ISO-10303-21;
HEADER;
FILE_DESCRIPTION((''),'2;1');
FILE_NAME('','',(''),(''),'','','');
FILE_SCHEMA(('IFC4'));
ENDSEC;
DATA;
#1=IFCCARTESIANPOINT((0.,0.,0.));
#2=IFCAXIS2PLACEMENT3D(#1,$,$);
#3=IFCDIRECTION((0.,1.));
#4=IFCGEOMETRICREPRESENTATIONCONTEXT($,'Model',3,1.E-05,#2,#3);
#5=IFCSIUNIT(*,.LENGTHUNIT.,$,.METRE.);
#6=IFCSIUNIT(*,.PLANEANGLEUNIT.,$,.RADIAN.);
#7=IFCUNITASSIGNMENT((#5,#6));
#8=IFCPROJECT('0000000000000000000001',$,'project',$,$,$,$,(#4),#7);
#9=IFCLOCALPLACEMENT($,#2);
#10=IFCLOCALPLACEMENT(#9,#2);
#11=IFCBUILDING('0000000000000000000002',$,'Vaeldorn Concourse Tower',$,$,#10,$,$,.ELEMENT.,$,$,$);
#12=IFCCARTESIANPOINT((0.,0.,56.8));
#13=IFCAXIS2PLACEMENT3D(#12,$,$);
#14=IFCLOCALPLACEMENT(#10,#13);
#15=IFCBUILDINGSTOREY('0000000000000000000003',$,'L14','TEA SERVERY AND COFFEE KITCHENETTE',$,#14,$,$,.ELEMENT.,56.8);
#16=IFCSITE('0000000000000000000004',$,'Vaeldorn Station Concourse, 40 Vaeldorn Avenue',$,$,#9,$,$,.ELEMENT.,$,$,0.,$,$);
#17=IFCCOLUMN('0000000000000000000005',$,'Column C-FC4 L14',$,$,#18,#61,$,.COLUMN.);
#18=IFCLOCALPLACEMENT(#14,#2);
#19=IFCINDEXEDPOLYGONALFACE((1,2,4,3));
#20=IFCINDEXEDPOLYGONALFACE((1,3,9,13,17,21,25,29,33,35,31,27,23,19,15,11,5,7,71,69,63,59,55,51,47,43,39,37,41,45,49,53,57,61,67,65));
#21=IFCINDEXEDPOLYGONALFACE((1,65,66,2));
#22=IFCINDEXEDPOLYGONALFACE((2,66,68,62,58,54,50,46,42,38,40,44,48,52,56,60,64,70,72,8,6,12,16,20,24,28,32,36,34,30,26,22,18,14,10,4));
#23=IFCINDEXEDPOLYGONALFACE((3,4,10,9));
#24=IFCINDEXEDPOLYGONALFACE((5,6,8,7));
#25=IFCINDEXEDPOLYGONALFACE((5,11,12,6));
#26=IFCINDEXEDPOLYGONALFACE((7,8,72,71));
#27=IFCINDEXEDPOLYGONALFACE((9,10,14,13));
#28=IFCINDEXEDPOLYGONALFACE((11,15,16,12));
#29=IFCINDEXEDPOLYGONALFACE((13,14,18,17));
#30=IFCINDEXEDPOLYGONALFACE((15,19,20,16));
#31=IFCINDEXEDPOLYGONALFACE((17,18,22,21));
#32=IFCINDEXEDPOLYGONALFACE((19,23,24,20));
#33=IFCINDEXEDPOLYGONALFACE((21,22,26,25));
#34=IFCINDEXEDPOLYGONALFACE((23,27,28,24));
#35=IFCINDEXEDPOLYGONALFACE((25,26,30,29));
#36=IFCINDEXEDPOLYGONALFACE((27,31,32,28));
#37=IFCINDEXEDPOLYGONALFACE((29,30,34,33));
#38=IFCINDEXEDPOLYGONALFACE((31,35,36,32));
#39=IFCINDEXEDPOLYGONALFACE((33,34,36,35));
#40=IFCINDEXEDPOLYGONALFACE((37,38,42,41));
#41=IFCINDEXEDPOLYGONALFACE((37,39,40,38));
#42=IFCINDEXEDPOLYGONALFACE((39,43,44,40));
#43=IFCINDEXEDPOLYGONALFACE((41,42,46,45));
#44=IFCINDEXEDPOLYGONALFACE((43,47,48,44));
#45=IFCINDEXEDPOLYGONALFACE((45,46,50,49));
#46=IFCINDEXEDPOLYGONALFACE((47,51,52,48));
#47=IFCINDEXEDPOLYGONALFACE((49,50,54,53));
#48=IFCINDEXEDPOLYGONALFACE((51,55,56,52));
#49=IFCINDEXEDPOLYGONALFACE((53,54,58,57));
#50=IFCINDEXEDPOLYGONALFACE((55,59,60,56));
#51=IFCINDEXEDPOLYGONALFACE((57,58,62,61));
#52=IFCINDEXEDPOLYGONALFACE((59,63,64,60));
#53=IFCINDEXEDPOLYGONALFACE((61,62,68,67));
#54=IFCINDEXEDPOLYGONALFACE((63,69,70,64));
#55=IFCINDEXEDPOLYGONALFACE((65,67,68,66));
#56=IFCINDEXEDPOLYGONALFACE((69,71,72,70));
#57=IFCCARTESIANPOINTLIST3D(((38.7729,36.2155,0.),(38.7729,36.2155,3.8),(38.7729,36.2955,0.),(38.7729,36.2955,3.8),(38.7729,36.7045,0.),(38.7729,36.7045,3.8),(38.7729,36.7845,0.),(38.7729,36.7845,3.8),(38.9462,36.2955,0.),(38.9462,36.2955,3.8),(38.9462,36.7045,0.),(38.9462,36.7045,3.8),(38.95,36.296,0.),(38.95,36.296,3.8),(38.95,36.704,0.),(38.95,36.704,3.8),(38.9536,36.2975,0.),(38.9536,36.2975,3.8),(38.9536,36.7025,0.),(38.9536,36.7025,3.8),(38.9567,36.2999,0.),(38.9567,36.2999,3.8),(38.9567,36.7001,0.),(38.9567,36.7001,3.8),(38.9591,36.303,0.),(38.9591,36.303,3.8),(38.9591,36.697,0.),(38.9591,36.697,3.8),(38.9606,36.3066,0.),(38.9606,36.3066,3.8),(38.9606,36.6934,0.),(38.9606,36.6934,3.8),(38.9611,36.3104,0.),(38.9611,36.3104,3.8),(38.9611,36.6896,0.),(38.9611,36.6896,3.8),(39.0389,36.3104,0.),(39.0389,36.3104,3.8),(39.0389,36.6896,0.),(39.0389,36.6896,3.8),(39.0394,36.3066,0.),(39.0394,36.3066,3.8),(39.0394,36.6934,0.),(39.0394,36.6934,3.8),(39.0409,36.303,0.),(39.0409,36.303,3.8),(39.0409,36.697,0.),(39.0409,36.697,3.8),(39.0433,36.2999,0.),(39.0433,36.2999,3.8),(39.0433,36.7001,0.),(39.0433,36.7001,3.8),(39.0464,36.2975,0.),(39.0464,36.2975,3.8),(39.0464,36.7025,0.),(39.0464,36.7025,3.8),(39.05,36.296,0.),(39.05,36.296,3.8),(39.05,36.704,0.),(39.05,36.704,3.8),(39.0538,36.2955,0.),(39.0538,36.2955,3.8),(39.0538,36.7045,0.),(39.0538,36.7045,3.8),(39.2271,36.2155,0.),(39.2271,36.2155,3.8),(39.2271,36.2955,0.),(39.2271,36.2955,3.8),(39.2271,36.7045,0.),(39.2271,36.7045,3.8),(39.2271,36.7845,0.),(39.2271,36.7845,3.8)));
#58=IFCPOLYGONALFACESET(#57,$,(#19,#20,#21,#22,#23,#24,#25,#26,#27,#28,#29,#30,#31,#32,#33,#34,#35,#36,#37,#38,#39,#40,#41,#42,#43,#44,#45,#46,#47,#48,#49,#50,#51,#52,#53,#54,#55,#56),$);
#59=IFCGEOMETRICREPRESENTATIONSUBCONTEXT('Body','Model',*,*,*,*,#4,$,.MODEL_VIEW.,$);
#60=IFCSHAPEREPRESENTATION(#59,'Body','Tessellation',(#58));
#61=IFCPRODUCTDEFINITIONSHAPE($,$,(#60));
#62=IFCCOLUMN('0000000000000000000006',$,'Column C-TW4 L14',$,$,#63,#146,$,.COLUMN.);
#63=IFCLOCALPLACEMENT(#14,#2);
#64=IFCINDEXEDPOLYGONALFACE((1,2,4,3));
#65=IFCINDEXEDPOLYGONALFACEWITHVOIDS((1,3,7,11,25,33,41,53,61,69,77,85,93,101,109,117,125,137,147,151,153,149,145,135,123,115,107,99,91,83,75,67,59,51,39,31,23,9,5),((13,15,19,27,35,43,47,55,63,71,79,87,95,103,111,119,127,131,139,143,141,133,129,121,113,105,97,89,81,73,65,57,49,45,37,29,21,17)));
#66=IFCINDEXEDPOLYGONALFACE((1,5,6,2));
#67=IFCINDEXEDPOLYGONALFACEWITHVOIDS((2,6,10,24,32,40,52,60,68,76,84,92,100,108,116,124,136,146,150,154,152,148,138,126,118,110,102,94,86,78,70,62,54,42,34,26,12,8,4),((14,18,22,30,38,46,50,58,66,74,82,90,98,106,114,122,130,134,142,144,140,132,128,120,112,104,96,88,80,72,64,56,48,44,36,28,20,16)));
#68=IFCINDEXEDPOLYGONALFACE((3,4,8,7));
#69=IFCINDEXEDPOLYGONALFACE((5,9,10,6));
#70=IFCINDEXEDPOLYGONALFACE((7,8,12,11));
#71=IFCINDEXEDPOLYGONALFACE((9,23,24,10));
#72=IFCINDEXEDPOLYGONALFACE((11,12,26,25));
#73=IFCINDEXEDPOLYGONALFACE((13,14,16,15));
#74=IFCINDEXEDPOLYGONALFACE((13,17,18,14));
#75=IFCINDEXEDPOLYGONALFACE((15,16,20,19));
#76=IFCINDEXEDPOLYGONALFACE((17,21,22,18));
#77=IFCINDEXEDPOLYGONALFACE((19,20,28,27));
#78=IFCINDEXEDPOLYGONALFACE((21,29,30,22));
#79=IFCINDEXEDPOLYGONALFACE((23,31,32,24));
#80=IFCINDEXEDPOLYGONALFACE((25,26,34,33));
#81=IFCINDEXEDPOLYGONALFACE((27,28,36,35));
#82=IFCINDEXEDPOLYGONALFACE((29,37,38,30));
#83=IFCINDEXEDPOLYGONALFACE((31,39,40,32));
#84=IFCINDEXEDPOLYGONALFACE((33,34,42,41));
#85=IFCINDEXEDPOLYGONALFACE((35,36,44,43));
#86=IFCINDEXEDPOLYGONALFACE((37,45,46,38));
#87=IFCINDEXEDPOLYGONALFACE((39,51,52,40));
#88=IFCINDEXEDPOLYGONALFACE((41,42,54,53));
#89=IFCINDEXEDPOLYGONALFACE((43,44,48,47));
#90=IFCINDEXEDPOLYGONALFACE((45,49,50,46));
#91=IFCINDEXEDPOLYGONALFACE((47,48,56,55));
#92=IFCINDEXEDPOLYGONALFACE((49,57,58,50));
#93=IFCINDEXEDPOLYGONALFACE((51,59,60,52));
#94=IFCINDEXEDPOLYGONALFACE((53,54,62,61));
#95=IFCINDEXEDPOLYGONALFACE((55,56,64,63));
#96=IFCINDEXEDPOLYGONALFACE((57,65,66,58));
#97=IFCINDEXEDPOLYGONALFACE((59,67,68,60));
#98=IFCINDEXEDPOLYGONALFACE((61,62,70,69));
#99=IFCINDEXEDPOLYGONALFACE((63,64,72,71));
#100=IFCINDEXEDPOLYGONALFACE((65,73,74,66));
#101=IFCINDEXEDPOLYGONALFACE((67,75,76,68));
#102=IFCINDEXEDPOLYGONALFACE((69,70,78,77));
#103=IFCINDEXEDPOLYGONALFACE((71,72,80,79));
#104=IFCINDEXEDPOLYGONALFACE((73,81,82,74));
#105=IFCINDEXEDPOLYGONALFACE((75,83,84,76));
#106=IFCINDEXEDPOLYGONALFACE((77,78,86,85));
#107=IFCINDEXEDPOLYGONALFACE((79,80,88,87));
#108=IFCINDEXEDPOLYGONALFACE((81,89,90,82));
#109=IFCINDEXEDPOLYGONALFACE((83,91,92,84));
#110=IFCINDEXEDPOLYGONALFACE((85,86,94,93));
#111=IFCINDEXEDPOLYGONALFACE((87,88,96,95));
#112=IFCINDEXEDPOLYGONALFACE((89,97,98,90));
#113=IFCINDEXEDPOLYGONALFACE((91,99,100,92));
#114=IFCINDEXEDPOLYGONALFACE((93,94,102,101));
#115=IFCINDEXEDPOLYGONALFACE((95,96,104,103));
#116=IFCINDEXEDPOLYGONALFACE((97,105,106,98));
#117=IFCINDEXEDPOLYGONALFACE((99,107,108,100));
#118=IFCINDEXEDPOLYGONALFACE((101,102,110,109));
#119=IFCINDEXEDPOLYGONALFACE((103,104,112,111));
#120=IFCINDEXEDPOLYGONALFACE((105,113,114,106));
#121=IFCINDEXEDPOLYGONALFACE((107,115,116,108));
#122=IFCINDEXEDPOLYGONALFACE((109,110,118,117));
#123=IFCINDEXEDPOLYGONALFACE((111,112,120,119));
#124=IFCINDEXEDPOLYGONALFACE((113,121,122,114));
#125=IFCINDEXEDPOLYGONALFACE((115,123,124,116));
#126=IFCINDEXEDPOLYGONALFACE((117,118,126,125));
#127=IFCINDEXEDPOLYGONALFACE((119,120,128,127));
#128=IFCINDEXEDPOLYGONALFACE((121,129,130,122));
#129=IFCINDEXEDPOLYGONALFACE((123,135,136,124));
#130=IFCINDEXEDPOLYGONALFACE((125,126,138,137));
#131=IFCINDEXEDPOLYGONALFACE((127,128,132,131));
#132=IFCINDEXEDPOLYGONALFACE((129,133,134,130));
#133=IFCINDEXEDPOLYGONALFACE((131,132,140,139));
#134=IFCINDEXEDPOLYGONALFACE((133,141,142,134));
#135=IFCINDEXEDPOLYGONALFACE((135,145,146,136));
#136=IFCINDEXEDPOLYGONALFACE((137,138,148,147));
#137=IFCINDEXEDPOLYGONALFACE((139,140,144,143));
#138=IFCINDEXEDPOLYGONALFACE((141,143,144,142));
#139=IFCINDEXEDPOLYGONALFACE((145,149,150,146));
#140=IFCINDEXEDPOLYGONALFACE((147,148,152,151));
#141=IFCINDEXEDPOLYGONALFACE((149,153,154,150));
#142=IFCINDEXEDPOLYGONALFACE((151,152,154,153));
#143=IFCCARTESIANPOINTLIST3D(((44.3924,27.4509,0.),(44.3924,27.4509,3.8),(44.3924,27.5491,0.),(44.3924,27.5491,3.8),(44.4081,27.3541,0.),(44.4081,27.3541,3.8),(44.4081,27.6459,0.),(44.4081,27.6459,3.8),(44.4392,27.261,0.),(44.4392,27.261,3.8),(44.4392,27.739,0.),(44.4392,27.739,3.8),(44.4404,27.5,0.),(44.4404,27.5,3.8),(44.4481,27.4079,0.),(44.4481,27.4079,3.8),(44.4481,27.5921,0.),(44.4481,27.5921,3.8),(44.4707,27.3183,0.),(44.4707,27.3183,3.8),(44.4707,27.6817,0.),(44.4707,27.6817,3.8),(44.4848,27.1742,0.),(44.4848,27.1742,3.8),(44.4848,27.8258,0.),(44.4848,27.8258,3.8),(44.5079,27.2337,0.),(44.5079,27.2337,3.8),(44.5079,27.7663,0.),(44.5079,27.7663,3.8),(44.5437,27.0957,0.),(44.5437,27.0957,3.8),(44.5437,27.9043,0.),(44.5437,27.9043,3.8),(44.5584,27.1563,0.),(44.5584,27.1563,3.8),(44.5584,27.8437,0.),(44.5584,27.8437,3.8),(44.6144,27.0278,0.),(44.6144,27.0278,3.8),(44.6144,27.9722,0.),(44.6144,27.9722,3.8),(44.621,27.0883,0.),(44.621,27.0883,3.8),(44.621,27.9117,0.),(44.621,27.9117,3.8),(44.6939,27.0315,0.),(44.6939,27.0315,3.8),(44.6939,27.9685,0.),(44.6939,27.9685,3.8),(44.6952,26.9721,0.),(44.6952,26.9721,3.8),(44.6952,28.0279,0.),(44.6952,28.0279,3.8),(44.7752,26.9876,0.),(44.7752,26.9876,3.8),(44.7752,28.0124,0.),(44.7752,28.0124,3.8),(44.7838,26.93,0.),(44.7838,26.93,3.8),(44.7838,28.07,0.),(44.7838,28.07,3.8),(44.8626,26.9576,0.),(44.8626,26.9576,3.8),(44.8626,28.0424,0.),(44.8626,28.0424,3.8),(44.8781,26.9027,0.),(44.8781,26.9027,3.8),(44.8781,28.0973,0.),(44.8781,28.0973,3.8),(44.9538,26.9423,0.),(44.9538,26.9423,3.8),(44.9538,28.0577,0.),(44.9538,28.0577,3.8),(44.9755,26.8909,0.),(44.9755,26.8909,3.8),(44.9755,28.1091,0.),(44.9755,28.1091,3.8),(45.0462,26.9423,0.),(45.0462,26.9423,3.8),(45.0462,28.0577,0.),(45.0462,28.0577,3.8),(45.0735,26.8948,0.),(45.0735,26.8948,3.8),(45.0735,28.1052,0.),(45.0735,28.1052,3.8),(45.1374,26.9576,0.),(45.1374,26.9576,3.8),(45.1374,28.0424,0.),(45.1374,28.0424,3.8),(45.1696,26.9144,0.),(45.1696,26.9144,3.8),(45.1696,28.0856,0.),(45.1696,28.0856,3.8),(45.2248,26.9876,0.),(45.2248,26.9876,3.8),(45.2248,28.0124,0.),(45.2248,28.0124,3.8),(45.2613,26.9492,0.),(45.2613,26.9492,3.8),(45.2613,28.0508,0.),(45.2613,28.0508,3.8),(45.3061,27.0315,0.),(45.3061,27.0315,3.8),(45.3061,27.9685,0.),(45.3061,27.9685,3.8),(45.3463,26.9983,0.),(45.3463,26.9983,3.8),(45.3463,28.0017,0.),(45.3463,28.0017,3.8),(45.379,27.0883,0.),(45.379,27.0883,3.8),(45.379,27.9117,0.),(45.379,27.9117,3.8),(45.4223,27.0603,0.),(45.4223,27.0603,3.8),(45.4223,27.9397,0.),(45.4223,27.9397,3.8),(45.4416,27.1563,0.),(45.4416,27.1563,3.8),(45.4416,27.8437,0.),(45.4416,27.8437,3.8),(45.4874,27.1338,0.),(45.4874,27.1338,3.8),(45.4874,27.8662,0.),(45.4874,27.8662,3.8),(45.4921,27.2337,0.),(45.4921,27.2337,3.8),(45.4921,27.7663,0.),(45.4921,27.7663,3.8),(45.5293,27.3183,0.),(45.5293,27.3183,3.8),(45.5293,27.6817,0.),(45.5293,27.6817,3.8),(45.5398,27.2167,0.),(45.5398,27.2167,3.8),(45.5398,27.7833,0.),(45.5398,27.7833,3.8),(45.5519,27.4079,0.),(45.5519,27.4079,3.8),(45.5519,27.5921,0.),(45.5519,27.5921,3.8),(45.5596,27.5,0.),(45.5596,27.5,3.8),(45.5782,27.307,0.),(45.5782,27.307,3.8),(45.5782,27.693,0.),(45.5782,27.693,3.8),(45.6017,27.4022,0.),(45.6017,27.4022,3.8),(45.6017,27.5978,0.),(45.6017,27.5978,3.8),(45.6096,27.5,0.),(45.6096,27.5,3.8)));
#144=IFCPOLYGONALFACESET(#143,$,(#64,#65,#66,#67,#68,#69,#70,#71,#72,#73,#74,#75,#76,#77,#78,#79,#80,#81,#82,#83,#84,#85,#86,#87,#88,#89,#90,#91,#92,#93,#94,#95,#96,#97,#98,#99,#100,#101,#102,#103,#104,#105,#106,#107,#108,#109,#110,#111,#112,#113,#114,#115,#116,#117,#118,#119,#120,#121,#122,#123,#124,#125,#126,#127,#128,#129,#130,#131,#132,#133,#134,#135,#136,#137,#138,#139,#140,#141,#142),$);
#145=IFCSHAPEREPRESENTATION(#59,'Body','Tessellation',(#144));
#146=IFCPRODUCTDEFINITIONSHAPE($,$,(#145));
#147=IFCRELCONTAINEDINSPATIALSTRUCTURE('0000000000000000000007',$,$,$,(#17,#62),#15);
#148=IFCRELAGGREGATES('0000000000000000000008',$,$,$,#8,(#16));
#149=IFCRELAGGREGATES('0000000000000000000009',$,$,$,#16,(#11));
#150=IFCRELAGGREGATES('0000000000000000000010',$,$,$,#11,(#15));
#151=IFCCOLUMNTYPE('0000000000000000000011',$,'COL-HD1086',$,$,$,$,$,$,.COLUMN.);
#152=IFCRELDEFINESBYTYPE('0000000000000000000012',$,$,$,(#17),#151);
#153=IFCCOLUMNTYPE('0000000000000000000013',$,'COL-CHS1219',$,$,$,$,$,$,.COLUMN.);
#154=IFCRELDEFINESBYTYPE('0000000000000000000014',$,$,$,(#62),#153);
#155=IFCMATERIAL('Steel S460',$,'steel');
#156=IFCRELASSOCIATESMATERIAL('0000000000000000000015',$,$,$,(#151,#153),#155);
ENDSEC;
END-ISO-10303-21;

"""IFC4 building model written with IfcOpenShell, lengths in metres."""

from ifc_helpers import new_model, si_unit, direction, frame, origin, origin_2d, place, context, subcontext, project, spatial, hollow_circle, i_section, extrude, source, transform, mapped, material, material_profile, profile_set, type_object, element, save


model = new_model("IFC4")

# Units and contexts
model_context = context("Model", 3, precision=1e-05, world=origin(), true_north=direction((0.0, 1.0)))
body_context = subcontext(model_context, "Body", "Model", "MODEL_VIEW")
ifc_project = project(units=[si_unit("LENGTHUNIT", "METRE"), si_unit("PLANEANGLEUNIT", "RADIAN")], contexts=[model_context])

# Site, building, storey
site_placement = place(None, origin())
site = spatial("IfcSite", under=ifc_project, at=site_placement, Name="Vaeldorn Station Concourse, 40 Vaeldorn Avenue", CompositionType="ELEMENT", RefElevation=0.0)
building_placement = place(site_placement, origin())
building = spatial("IfcBuilding", under=site, at=building_placement, Name="Vaeldorn Concourse Tower", CompositionType="ELEMENT")
storey_placement = place(building_placement, frame((0.0, 0.0, 56.8)))
storey = spatial("IfcBuildingStorey", under=building, at=storey_placement, Name="L14", Description="TEA SERVERY AND COFFEE KITCHENETTE", CompositionType="ELEMENT", Elevation=56.8)

# Columns
ifc_material_1 = material(Name="Steel S460", Category="steel")
ifc_material_profile_1 = material_profile(ifc_material_1, i_section(OverallWidth=0.4541, OverallDepth=0.5691, WebThickness=0.0779, FlangeThickness=0.0801, FilletRadius=0.0149, at=origin_2d()), Name="HD 400x1086")
ifc_profile_set_1 = profile_set([ifc_material_profile_1], Name="Steel S460")
column_type_1 = type_object("IfcColumnType", Name="COL-HD1086", PredefinedType="COLUMN", material=ifc_profile_set_1)
shared_shape_1 = source(origin(), body_context, "Body", "SweptSolid", [
    extrude(i_section(OverallWidth=0.4541, OverallDepth=0.5691, WebThickness=0.0779, FlangeThickness=0.0801, FilletRadius=0.0149, at=origin_2d()), origin(), (0.0, 0.0, 1.0), 3.8),
])
column_1_placement = place(storey_placement, frame((39.0, 36.5, 0.0), z_axis=(0.0, 0.0, 1.0), x_axis=(1.0, 0.0, 0.0)))
element("IfcColumn", 1, at=column_1_placement, inside=storey, type_object=column_type_1, Name="Column C-FC4 L14", PredefinedType="COLUMN", context=body_context, shape_type="MappedRepresentation", body=[
    mapped(shared_shape_1, transform((0.0, 0.0, 0.0), scale=1.0)),
])
ifc_material_profile_2 = material_profile(ifc_material_1, hollow_circle(Radius=0.6096, WallThickness=0.05, at=origin_2d()), Name="CHS 1219x50")
ifc_profile_set_2 = profile_set([ifc_material_profile_2], Name="Steel S460")
column_type_2 = type_object("IfcColumnType", Name="COL-CHS1219", PredefinedType="COLUMN", material=ifc_profile_set_2)
shared_shape_2 = source(origin(), body_context, "Body", "SweptSolid", [
    extrude(hollow_circle(Radius=0.6096, WallThickness=0.05, at=origin_2d()), origin(), (0.0, 0.0, 1.0), 3.8),
])
column_2_placement = place(storey_placement, frame((45.0, 27.5, 0.0), z_axis=(0.0, 0.0, 1.0), x_axis=(1.0, 0.0, 0.0)))
element("IfcColumn", 2, at=column_2_placement, inside=storey, type_object=column_type_2, Name="Column C-TW4 L14", PredefinedType="COLUMN", context=body_context, shape_type="MappedRepresentation", body=[
    mapped(shared_shape_2, transform((0.0, 0.0, 0.0), scale=1.0)),
])

save(model, "model.ifc")
